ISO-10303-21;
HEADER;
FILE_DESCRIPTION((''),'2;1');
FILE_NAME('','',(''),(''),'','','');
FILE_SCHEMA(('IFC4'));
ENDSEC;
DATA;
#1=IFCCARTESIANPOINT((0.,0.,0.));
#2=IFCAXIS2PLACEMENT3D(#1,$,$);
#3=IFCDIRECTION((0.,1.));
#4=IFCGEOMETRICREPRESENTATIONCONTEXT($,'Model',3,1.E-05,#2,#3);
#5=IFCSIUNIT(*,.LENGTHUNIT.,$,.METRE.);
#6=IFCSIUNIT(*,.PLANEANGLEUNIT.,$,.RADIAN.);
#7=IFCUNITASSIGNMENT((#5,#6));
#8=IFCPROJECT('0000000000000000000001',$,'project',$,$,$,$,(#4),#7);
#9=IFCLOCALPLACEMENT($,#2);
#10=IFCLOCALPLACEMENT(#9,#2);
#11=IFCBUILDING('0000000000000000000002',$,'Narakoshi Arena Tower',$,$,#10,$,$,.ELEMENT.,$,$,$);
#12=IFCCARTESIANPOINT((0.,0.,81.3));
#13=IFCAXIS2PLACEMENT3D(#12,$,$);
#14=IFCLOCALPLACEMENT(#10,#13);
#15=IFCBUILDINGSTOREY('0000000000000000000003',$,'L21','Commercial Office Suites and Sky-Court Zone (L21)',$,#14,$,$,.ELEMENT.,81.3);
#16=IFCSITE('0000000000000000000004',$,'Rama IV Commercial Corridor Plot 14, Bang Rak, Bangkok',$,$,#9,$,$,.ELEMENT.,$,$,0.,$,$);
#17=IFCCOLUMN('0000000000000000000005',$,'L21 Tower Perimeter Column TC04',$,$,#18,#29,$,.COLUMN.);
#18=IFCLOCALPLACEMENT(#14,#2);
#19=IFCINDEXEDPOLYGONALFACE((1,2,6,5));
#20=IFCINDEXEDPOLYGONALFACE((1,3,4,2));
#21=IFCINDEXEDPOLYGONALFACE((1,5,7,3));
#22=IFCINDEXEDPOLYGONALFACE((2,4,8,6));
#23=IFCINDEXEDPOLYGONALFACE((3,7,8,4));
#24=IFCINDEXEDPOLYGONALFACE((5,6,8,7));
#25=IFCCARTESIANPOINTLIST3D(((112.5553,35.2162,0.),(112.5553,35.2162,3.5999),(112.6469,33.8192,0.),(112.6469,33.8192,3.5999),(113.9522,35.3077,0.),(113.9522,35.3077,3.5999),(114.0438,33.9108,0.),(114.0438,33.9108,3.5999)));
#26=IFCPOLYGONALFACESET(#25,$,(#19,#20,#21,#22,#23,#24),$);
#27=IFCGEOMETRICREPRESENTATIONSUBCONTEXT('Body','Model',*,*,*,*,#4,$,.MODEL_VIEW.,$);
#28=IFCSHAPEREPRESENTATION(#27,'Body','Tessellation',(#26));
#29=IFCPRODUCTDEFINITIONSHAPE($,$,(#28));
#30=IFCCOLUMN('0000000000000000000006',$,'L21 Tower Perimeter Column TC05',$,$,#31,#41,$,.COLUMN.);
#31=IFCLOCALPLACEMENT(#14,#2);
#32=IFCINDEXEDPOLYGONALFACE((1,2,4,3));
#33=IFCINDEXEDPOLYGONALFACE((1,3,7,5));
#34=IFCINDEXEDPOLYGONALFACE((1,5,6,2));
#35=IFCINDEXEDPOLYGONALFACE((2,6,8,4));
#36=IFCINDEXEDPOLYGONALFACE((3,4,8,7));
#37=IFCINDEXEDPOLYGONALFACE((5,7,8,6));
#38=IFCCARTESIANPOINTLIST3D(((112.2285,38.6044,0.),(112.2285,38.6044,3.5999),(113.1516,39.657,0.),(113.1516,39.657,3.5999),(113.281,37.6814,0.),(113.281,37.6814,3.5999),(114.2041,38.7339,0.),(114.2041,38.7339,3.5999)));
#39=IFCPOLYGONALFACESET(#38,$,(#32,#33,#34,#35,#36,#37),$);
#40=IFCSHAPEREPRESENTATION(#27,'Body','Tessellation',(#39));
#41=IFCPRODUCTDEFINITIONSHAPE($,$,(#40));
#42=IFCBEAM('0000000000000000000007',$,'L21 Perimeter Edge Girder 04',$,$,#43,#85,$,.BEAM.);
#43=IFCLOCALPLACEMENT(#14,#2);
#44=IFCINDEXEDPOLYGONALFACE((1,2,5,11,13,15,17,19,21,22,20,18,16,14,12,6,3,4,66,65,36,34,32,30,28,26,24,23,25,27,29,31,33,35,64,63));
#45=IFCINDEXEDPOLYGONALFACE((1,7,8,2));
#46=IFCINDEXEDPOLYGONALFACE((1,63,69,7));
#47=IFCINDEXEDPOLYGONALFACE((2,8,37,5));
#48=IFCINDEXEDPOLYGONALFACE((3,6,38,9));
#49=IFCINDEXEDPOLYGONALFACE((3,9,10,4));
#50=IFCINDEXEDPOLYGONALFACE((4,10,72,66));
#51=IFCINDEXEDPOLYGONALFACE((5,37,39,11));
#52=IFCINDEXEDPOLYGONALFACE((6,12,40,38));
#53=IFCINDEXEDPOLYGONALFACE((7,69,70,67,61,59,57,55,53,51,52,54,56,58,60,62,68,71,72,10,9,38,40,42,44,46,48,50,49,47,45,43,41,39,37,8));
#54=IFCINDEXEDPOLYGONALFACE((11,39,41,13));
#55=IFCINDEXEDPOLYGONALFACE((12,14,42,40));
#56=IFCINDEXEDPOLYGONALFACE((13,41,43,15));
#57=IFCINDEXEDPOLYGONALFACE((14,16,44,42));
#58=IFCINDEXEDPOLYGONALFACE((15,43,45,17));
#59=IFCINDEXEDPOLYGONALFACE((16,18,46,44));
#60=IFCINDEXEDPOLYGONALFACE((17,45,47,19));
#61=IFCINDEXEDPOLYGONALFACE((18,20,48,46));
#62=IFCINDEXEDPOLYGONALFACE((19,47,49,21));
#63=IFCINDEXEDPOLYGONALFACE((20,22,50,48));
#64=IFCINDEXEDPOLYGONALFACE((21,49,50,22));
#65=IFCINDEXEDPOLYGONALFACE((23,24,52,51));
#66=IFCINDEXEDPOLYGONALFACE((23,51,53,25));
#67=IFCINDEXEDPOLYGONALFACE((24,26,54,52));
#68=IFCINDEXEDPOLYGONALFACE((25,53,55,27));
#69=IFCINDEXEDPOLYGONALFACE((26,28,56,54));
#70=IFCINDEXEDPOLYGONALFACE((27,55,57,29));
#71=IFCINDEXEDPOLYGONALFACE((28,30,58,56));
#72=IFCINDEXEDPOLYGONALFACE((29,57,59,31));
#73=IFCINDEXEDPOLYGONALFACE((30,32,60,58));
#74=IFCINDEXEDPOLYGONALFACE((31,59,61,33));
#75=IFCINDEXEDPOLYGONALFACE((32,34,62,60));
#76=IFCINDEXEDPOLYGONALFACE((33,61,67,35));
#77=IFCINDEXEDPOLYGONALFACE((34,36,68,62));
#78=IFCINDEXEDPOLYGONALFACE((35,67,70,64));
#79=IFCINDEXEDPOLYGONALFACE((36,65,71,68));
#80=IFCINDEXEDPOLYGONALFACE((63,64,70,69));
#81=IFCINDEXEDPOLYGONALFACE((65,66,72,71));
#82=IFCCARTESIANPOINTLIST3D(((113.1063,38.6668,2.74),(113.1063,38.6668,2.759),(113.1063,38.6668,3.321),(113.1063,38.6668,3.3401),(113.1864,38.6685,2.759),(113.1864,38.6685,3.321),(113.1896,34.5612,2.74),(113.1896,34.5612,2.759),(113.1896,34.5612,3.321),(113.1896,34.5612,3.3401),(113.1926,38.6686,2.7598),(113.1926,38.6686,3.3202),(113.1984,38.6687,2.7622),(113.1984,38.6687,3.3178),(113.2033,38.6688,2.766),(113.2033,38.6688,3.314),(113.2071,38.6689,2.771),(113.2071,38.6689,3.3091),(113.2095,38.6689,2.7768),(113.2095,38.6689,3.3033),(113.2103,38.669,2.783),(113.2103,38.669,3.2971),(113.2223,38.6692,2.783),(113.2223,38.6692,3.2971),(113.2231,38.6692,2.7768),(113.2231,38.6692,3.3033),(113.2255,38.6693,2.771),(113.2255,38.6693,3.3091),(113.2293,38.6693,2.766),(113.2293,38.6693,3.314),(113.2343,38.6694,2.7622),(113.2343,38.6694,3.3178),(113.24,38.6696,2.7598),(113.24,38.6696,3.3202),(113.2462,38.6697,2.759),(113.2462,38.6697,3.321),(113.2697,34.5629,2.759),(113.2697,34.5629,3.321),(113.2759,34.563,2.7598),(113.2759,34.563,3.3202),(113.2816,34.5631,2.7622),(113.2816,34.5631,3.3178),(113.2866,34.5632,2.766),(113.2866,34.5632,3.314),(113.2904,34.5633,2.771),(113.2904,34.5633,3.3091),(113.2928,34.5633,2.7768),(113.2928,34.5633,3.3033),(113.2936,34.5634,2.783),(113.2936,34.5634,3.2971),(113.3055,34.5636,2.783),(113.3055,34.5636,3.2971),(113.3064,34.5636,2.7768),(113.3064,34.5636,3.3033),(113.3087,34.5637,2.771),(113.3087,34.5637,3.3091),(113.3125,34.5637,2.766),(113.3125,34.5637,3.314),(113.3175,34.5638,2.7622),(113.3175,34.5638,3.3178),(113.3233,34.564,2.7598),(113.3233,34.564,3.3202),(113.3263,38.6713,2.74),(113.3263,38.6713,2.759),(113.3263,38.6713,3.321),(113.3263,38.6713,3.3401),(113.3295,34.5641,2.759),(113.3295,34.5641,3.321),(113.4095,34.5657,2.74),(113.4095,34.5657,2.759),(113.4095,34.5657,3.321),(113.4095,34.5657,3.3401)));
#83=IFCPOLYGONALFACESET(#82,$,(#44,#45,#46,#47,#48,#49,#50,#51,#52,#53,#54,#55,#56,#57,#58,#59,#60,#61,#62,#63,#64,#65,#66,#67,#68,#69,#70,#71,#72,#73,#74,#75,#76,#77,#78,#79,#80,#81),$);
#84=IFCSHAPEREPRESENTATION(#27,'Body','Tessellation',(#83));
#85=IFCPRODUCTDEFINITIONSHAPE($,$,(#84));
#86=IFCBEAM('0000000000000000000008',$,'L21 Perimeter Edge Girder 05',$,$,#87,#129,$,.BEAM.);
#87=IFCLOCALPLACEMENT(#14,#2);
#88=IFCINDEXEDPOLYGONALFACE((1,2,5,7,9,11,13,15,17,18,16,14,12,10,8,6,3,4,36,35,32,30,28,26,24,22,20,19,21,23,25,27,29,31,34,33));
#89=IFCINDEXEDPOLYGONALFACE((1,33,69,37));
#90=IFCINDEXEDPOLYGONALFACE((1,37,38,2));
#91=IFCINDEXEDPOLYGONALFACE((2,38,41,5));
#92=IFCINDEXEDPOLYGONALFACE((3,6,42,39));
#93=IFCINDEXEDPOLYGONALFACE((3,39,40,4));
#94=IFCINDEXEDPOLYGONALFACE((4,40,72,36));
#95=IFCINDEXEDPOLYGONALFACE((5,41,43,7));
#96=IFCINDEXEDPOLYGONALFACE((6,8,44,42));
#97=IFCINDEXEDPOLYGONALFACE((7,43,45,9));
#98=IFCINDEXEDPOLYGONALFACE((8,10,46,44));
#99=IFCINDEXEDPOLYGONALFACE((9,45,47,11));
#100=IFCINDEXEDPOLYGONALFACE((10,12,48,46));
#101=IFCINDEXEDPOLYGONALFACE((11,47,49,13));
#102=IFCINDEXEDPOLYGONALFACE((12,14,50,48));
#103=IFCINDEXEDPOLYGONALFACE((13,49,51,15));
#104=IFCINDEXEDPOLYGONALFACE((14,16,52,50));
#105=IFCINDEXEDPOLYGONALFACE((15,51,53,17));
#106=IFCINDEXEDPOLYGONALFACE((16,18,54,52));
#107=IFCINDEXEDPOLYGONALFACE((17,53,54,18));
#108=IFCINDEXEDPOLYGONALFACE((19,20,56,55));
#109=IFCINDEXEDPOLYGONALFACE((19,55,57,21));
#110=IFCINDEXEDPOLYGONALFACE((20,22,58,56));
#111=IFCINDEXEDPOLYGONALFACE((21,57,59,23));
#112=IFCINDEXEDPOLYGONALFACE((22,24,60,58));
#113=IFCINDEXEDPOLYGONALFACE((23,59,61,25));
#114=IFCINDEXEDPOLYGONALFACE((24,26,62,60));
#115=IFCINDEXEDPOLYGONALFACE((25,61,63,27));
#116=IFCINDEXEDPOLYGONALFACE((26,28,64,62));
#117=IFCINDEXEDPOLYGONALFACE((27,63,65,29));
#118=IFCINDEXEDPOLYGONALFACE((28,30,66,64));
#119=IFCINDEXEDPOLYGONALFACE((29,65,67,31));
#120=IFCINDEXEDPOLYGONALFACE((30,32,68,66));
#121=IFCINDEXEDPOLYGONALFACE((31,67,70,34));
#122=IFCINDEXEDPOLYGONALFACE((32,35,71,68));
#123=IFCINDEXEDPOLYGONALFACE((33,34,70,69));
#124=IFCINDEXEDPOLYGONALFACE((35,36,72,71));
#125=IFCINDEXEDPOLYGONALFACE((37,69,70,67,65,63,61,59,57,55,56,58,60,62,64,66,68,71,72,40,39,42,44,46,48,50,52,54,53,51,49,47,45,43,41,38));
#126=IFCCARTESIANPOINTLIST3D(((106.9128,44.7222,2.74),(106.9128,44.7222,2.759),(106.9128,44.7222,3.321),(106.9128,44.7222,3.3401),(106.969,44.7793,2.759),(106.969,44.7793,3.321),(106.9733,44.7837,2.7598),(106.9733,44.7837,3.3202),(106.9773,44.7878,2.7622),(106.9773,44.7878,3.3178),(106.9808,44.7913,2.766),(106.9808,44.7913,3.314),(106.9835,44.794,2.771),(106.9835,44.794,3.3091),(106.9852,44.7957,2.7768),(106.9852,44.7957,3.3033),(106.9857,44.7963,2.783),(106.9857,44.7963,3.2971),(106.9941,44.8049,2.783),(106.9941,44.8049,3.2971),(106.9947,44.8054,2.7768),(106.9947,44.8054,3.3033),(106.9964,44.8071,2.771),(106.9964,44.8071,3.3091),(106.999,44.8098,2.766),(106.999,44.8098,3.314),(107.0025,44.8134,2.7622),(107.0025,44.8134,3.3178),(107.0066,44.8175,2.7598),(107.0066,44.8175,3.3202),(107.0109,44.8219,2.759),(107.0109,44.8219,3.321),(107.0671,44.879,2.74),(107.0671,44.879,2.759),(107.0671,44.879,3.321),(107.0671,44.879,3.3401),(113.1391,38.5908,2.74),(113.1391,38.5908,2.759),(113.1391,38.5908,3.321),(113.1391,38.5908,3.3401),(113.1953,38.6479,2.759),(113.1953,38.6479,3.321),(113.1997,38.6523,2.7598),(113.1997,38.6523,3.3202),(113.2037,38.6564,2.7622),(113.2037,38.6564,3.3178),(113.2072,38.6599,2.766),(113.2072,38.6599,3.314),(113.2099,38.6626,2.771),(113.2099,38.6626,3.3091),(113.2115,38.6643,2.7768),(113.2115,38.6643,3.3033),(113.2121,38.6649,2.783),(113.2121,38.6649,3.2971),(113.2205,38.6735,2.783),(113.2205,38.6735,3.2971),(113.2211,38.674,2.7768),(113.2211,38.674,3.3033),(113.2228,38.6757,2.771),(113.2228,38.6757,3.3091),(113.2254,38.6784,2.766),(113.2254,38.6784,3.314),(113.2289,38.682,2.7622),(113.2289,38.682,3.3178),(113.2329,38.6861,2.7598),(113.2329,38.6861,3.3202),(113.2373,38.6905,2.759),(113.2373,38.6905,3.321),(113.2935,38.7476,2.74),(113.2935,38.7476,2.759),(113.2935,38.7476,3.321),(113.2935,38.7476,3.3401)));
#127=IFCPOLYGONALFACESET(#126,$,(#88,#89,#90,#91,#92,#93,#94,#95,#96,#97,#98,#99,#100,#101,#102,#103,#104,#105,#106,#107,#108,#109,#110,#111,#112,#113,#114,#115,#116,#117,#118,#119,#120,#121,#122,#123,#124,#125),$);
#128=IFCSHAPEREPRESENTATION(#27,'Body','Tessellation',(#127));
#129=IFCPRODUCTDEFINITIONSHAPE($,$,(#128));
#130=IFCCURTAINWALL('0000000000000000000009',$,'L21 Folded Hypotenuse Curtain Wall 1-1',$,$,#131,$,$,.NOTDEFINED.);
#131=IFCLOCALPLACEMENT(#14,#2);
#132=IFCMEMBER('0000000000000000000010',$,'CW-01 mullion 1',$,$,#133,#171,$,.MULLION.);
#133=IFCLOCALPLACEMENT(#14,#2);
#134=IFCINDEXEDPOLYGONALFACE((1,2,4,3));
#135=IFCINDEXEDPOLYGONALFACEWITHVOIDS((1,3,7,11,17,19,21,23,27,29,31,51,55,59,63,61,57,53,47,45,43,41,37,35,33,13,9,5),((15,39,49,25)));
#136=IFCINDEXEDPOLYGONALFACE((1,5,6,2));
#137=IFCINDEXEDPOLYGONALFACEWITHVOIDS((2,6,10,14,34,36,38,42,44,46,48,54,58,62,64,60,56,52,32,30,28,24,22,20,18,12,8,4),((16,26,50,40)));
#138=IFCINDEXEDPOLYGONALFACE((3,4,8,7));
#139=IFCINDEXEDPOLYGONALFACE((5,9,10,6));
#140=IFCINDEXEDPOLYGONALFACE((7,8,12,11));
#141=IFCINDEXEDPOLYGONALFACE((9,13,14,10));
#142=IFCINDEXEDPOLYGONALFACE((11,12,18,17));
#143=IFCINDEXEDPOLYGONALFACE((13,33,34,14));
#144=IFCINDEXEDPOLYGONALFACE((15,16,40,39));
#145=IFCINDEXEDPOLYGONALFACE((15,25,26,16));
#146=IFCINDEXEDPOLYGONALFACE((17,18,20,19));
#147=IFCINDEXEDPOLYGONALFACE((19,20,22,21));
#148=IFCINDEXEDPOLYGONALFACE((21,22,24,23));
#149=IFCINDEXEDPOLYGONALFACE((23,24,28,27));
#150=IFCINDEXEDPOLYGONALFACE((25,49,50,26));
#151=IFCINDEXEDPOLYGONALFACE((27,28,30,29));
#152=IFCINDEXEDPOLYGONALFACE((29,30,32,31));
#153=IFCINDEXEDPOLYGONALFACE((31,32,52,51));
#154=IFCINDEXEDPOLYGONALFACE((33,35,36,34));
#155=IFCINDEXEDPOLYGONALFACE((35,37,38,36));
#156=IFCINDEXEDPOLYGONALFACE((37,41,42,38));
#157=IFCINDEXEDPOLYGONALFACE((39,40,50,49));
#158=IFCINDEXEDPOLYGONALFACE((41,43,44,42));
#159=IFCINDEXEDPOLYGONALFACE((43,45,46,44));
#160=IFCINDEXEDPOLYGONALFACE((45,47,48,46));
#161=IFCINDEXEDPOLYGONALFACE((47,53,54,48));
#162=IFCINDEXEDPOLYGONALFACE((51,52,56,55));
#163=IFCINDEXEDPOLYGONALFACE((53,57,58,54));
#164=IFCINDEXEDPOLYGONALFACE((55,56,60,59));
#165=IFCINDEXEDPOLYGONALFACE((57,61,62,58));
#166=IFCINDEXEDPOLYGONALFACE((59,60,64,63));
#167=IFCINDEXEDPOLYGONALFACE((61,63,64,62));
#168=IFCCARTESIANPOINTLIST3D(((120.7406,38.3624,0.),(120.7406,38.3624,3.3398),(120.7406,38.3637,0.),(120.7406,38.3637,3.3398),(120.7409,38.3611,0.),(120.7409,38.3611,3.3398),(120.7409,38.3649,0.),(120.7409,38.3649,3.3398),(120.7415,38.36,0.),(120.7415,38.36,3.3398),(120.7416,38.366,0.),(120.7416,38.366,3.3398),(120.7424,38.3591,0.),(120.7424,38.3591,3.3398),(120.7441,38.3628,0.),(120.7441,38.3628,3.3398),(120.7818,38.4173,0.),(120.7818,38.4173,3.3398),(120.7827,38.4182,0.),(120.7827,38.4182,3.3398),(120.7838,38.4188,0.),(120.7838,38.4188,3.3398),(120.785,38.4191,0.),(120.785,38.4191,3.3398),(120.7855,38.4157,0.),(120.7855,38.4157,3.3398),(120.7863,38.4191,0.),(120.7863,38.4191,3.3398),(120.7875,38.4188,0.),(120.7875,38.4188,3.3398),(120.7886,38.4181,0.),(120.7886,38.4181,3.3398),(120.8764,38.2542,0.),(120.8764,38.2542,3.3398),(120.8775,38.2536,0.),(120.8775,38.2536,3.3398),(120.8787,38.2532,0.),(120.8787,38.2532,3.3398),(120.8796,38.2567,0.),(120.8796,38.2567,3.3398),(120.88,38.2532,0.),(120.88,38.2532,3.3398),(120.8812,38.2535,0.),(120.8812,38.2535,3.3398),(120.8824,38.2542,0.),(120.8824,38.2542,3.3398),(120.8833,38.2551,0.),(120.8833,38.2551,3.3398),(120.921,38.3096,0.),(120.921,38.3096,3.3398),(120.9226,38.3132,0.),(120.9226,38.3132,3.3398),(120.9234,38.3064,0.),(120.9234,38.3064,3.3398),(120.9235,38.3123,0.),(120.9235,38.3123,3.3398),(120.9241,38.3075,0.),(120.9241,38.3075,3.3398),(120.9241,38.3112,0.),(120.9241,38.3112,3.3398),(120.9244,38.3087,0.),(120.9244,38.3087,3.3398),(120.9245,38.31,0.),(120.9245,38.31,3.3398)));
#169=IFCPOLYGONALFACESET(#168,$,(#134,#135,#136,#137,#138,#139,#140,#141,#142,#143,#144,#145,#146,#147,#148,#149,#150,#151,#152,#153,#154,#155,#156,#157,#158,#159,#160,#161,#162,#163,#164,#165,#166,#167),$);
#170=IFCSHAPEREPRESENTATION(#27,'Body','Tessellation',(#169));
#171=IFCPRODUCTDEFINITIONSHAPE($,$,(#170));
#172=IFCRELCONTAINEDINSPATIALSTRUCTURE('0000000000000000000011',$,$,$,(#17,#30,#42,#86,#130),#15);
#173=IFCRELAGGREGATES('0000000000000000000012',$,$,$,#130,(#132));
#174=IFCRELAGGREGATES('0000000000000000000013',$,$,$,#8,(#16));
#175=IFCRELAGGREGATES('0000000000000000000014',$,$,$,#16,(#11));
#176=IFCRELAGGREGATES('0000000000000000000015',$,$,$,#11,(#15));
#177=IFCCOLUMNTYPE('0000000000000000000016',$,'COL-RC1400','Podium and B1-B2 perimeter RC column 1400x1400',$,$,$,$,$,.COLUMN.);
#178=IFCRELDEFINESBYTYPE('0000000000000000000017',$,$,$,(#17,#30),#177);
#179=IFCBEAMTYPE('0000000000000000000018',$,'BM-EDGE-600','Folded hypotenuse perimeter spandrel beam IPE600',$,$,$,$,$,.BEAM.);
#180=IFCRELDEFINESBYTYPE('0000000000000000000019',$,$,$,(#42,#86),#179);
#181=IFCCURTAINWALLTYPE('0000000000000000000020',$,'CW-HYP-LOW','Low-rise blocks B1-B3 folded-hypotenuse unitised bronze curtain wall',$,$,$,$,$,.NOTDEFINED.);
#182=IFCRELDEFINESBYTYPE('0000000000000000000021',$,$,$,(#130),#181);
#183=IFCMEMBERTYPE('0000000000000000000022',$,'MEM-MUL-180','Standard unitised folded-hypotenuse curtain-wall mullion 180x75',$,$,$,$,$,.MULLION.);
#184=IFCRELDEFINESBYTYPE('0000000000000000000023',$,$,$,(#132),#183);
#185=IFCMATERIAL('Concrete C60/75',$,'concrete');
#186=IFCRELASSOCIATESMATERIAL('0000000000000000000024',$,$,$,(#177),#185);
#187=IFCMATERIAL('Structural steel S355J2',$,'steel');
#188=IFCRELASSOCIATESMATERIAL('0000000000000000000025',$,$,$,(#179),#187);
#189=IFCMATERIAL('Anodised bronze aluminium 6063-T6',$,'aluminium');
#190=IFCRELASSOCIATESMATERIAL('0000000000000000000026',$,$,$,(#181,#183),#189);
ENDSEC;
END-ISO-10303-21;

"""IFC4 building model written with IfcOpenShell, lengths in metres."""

from ifc_helpers import new_model, si_unit, direction, frame, origin, origin_2d, place, context, subcontext, project, spatial, rectangle, hollow_rectangle, i_section, extrude, material, material_profile, profile_set, type_object, element, aggregate, save


model = new_model("IFC4")

# Units and contexts
model_context = context("Model", 3, precision=1e-05, world=origin(), true_north=direction((0.0, 1.0)))
body_context = subcontext(model_context, "Body", "Model", "MODEL_VIEW")
ifc_project = project(units=[si_unit("LENGTHUNIT", "METRE"), si_unit("PLANEANGLEUNIT", "RADIAN")], contexts=[model_context])

# Site, building, storey
site_placement = place(None, origin())
site = spatial("IfcSite", under=ifc_project, at=site_placement, Name="Rama IV Commercial Corridor Plot 14, Bang Rak, Bangkok", CompositionType="ELEMENT", RefElevation=0.0)
building_placement = place(site_placement, origin())
building = spatial("IfcBuilding", under=site, at=building_placement, Name="Narakoshi Arena Tower", CompositionType="ELEMENT")
storey_placement = place(building_placement, frame((0.0, 0.0, 81.3)))
storey = spatial("IfcBuildingStorey", under=building, at=storey_placement, Name="L21", Description="Commercial Office Suites and Sky-Court Zone (L21)", CompositionType="ELEMENT", Elevation=81.3)

# Columns
ifc_material_1 = material(Name="Concrete C60/75", Category="concrete")
ifc_material_profile_1 = material_profile(ifc_material_1, rectangle(XDim=1.3999, YDim=1.3999, at=origin_2d()), Name="RC1400x1400")
ifc_profile_set_1 = profile_set([ifc_material_profile_1], Name="Concrete C60/75")
column_type = type_object("IfcColumnType", Name="COL-RC1400", Description="Podium and B1-B2 perimeter RC column 1400x1400", PredefinedType="COLUMN", material=ifc_profile_set_1)
for number, where, z_axis, x_axis, name in (
    (1, (113.2996, 34.5635, 0.0), (0.0, 0.0, 1.0), (0.997859, 0.065403, 0.0), "L21 Tower Perimeter Column TC04"),
    (2, (113.2163, 38.6692, 0.0), (0.0, 0.0, 1.0), (0.659346, 0.75184, 0.0), "L21 Tower Perimeter Column TC05"),
):
    element("IfcColumn", number, at=place(storey_placement, frame(where, z_axis=z_axis, x_axis=x_axis)), inside=storey, type_object=column_type, Name=name, PredefinedType="COLUMN", context=body_context, shape_type="SweptSolid", body=[
        extrude(rectangle(XDim=1.3999, YDim=1.3999, at=origin_2d()), origin(), (0.0, 0.0, 1.0), 3.5999),
    ])

# Beams
ifc_material_2 = material(Name="Structural steel S355J2", Category="steel")
ifc_material_profile_2 = material_profile(ifc_material_2, i_section(OverallWidth=0.22, OverallDepth=0.6001, WebThickness=0.012, FlangeThickness=0.019, FilletRadius=0.0239, at=origin_2d()), Name="IPE600")
ifc_profile_set_2 = profile_set([ifc_material_profile_2], Name="Structural steel S355J2")
beam_type = type_object("IfcBeamType", Name="BM-EDGE-600", Description="Folded hypotenuse perimeter spandrel beam IPE600", PredefinedType="BEAM", material=ifc_profile_set_2)
beam_1_placement = place(storey_placement, frame((113.2996, 34.5635, 3.04), z_axis=(-0.020273, 0.999794, 0.0), x_axis=(-0.999794, -0.020273, 0.0)))
element("IfcBeam", 3, at=beam_1_placement, inside=storey, type_object=beam_type, Name="L21 Perimeter Edge Girder 04", PredefinedType="BEAM", context=body_context, shape_type="SweptSolid", body=[
    extrude(i_section(OverallWidth=0.22, OverallDepth=0.6001, WebThickness=0.012, FlangeThickness=0.019, FilletRadius=0.0239, at=origin_2d()), origin(), (0.0, 0.0, 1.0), 4.1064),
])
beam_2_placement = place(storey_placement, frame((113.2163, 38.6692, 3.04), z_axis=(-0.71252, 0.701652, 0.0), x_axis=(-0.701652, -0.71252, 0.0)))
element("IfcBeam", 4, at=beam_2_placement, inside=storey, type_object=beam_type, Name="L21 Perimeter Edge Girder 05", PredefinedType="BEAM", context=body_context, shape_type="SweptSolid", body=[
    extrude(i_section(OverallWidth=0.22, OverallDepth=0.6001, WebThickness=0.012, FlangeThickness=0.019, FilletRadius=0.0239, at=origin_2d()), origin(), (0.0, 0.0, 1.0), 8.7385),
])

# Curtain wall, member
ifc_material_3 = material(Name="Anodised bronze aluminium 6063-T6", Category="aluminium")
curtain_wall_type = type_object("IfcCurtainWallType", Name="CW-HYP-LOW", Description="Low-rise blocks B1-B3 folded-hypotenuse unitised bronze curtain wall", PredefinedType="NOTDEFINED", material=ifc_material_3)
curtain_wall_placement = place(storey_placement, origin())
curtain_wall = element("IfcCurtainWall", 5, at=curtain_wall_placement, inside=storey, type_object=curtain_wall_type, Name="L21 Folded Hypotenuse Curtain Wall 1-1", PredefinedType="NOTDEFINED")
ifc_material_profile_3 = material_profile(ifc_material_3, hollow_rectangle(XDim=0.075, YDim=0.1799, WallThickness=0.0039, OuterFilletRadius=0.0049, at=origin_2d()), Name="MUL180x75x4")
ifc_profile_set_3 = profile_set([ifc_material_profile_3], Name="Anodised bronze aluminium 6063-T6")
member_type_1 = type_object("IfcMemberType", Name="MEM-MUL-180", Description="Standard unitised folded-hypotenuse curtain-wall mullion 180x75", PredefinedType="MULLION", material=ifc_profile_set_3)
member_1_placement = place(storey_placement, frame((120.8325, 38.3362, 0.0), z_axis=(0.0, 0.0, 1.0), x_axis=(-0.616458, -0.787388, 0.0)))
member_1 = element("IfcMember", 6, at=member_1_placement, type_object=member_type_1, Name="CW-01 mullion 1", PredefinedType="MULLION", context=body_context, shape_type="SweptSolid", body=[
    extrude(hollow_rectangle(XDim=0.075, YDim=0.1799, WallThickness=0.0039, OuterFilletRadius=0.0049, at=origin_2d()), origin(), (0.0, 0.0, 1.0), 3.3398),
])
aggregate(curtain_wall, [member_1])

save(model, "model.ifc")
